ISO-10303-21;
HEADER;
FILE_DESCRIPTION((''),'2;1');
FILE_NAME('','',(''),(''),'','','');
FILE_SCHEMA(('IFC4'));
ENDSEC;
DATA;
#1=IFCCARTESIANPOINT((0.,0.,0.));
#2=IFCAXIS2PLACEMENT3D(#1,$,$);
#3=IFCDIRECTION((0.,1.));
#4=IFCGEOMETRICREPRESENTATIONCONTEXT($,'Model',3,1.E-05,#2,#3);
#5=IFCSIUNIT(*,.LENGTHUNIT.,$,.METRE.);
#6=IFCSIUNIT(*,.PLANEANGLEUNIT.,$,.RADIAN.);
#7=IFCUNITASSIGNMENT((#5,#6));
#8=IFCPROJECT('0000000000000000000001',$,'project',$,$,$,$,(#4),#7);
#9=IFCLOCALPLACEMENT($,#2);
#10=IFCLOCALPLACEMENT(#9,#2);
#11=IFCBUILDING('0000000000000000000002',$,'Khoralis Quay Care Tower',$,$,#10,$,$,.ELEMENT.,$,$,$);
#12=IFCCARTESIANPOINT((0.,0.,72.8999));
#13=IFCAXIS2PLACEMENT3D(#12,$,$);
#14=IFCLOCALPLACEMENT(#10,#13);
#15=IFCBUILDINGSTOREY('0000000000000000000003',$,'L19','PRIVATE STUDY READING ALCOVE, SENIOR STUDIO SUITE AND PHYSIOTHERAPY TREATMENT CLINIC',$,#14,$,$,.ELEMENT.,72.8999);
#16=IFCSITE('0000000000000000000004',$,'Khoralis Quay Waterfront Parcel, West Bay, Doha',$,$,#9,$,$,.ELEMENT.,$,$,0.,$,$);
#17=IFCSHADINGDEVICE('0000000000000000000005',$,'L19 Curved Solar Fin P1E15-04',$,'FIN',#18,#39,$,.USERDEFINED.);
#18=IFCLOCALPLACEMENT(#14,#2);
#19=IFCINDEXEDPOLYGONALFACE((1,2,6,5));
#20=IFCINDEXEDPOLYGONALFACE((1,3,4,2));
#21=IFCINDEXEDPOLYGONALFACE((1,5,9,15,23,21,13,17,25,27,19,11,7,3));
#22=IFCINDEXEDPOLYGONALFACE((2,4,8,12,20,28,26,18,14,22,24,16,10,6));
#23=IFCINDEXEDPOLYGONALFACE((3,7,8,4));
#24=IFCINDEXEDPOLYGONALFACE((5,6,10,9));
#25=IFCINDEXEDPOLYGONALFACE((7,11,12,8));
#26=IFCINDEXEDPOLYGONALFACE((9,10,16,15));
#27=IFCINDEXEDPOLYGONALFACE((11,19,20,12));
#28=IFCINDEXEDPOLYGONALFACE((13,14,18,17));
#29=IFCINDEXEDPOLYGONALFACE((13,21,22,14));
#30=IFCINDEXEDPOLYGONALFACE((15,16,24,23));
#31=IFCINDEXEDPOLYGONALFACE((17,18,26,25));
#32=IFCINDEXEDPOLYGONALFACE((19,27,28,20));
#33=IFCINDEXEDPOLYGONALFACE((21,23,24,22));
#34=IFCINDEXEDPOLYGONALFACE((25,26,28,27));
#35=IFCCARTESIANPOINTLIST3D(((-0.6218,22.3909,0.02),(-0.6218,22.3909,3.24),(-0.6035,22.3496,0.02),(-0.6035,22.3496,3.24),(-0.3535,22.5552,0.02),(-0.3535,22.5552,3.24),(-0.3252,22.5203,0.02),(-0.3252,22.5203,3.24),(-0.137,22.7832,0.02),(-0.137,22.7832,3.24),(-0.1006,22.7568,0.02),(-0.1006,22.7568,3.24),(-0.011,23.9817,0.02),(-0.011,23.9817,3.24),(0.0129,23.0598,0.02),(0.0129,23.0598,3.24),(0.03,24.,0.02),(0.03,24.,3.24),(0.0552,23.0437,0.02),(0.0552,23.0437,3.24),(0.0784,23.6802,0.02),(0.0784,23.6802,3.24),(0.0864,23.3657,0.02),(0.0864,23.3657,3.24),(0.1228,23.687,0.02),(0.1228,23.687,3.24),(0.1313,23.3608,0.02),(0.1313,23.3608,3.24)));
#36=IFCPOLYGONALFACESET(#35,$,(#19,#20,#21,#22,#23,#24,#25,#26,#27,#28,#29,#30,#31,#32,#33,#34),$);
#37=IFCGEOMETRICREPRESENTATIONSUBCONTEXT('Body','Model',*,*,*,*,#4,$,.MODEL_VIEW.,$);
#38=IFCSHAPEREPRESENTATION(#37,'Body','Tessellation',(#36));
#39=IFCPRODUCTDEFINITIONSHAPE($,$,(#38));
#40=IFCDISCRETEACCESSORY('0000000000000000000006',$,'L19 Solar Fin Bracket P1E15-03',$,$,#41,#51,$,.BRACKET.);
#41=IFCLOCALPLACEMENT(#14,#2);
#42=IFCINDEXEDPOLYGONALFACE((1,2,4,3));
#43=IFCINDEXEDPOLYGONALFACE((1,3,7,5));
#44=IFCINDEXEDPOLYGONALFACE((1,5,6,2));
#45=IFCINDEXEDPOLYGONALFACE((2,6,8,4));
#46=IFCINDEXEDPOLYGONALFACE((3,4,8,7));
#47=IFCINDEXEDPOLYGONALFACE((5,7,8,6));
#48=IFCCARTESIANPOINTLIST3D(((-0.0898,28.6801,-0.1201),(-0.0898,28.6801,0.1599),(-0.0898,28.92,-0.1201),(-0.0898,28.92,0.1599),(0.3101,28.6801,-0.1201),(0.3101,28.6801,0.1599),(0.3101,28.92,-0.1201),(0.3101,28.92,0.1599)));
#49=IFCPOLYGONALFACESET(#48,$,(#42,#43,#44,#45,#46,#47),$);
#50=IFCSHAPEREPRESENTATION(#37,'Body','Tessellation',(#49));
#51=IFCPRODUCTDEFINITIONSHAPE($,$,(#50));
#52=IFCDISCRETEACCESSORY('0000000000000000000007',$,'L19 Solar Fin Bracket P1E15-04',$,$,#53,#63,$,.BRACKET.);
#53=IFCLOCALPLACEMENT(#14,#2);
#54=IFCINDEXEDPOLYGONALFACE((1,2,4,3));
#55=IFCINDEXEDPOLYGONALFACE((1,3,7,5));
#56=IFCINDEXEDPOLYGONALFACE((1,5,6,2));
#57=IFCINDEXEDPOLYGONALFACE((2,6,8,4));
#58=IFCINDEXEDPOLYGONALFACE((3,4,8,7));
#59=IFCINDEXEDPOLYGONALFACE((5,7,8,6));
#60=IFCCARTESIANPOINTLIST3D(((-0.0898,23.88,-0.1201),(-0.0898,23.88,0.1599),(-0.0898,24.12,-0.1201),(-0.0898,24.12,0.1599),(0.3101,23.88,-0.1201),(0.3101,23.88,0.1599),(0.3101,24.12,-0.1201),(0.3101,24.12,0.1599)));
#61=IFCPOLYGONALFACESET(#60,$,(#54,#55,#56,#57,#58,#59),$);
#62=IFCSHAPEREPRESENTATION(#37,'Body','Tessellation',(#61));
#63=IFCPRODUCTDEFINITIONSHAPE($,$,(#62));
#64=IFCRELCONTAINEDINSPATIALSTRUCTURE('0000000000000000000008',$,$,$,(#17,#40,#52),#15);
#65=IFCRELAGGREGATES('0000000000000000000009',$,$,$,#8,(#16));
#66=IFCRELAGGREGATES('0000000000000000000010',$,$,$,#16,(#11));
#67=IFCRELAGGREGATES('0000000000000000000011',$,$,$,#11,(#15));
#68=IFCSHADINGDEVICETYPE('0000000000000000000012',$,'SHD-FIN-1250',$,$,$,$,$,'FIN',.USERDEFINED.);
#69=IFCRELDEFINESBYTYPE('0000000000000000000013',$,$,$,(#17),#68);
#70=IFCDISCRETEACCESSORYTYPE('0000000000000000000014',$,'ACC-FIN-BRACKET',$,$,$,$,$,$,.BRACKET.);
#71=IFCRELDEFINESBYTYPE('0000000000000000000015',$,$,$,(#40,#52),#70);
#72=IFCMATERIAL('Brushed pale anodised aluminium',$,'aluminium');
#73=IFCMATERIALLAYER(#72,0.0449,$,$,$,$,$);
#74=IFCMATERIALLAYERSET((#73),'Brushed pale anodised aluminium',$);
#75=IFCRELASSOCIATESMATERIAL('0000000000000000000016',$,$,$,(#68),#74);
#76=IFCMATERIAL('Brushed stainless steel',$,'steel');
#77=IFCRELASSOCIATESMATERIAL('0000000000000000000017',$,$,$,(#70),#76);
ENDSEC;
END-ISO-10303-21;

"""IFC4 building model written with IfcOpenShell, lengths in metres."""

from ifc_helpers import new_model, si_unit, direction, frame, origin, origin_2d, place, context, subcontext, project, spatial, polyline, rectangle, outline, extrude, source, transform, mapped, material, layer, layer_set, type_object, element, save


model = new_model("IFC4")

# Units and contexts
model_context = context("Model", 3, precision=1e-05, world=origin(), true_north=direction((0.0, 1.0)))
body_context = subcontext(model_context, "Body", "Model", "MODEL_VIEW")
ifc_project = project(units=[si_unit("LENGTHUNIT", "METRE"), si_unit("PLANEANGLEUNIT", "RADIAN")], contexts=[model_context])

# Site, building, storey
site_placement = place(None, origin())
site = spatial("IfcSite", under=ifc_project, at=site_placement, Name="Khoralis Quay Waterfront Parcel, West Bay, Doha", CompositionType="ELEMENT", RefElevation=0.0)
building_placement = place(site_placement, origin())
building = spatial("IfcBuilding", under=site, at=building_placement, Name="Khoralis Quay Care Tower", CompositionType="ELEMENT")
storey_placement = place(building_placement, frame((0.0, 0.0, 72.8999)))
storey = spatial("IfcBuildingStorey", under=building, at=storey_placement, Name="L19", Description="PRIVATE STUDY READING ALCOVE, SENIOR STUDIO SUITE AND PHYSIOTHERAPY TREATMENT CLINIC", CompositionType="ELEMENT", Elevation=72.8999)

# Shading device
ifc_material_1 = material(Name="Brushed pale anodised aluminium", Category="aluminium")
ifc_layer_1 = layer(ifc_material_1, 0.0449)
ifc_layer_set_1 = layer_set([ifc_layer_1], Name="Brushed pale anodised aluminium")
shading_device_type = type_object("IfcShadingDeviceType", Name="SHD-FIN-1250", ElementType="FIN", PredefinedType="USERDEFINED", material=ifc_layer_set_1)
shared_shape_1 = source(origin(), body_context, "Body", "SweptSolid", [
    extrude(outline(polyline([(0.0, 0.0), (-0.0928, 0.313), (-0.1013, 0.6392), (-0.0251, 0.9563), (0.1306, 1.2432), (0.3552, 1.4797), (0.6335, 1.6504), (0.6519, 1.6091), (0.3835, 1.4448), (0.167, 1.2168), (0.0171, 0.9402), (-0.0564, 0.6343), (-0.0483, 0.3198), (0.041, 0.0183), (0.0, 0.0)])), origin(), (0.0, 0.0, 1.0), 3.22),
])
for number, where, z_axis, x_axis, name in (
    (1, (0.03, 24.0, 0.02), (0.0, 0.0, 1.0), (-1.0, 0.0, 0.0), "L19 Curved Solar Fin P1E15-04"),
):
    element("IfcShadingDevice", number, at=place(storey_placement, frame(where, z_axis=z_axis, x_axis=x_axis)), inside=storey, type_object=shading_device_type, Name=name, ObjectType="FIN", PredefinedType="USERDEFINED", context=body_context, shape_type="MappedRepresentation", body=[
        mapped(shared_shape_1, transform((0.0, 0.0, 0.0), scale=1.0)),
    ])

# Discrete accessories
ifc_material_2 = material(Name="Brushed stainless steel", Category="steel")
discrete_accessory_type = type_object("IfcDiscreteAccessoryType", Name="ACC-FIN-BRACKET", PredefinedType="BRACKET", material=ifc_material_2)
shared_shape_2 = source(origin(), body_context, "Body", "SweptSolid", [
    extrude(rectangle(XDim=0.3999, YDim=0.24, at=origin_2d()), origin(), (0.0, 0.0, 1.0), 0.28),
])
for number, where, z_axis, x_axis, name in (
    (2, (0.1101, 28.8, -0.1201), (0.0, 0.0, 1.0), (-1.0, 0.0, 0.0), "L19 Solar Fin Bracket P1E15-03"),
    (3, (0.1101, 24.0, -0.1201), (0.0, 0.0, 1.0), (-1.0, 0.0, 0.0), "L19 Solar Fin Bracket P1E15-04"),
):
    element("IfcDiscreteAccessory", number, at=place(storey_placement, frame(where, z_axis=z_axis, x_axis=x_axis)), inside=storey, type_object=discrete_accessory_type, Name=name, PredefinedType="BRACKET", context=body_context, shape_type="MappedRepresentation", body=[
        mapped(shared_shape_2, transform((0.0, 0.0, 0.0), scale=1.0)),
    ])

save(model, "model.ifc")
